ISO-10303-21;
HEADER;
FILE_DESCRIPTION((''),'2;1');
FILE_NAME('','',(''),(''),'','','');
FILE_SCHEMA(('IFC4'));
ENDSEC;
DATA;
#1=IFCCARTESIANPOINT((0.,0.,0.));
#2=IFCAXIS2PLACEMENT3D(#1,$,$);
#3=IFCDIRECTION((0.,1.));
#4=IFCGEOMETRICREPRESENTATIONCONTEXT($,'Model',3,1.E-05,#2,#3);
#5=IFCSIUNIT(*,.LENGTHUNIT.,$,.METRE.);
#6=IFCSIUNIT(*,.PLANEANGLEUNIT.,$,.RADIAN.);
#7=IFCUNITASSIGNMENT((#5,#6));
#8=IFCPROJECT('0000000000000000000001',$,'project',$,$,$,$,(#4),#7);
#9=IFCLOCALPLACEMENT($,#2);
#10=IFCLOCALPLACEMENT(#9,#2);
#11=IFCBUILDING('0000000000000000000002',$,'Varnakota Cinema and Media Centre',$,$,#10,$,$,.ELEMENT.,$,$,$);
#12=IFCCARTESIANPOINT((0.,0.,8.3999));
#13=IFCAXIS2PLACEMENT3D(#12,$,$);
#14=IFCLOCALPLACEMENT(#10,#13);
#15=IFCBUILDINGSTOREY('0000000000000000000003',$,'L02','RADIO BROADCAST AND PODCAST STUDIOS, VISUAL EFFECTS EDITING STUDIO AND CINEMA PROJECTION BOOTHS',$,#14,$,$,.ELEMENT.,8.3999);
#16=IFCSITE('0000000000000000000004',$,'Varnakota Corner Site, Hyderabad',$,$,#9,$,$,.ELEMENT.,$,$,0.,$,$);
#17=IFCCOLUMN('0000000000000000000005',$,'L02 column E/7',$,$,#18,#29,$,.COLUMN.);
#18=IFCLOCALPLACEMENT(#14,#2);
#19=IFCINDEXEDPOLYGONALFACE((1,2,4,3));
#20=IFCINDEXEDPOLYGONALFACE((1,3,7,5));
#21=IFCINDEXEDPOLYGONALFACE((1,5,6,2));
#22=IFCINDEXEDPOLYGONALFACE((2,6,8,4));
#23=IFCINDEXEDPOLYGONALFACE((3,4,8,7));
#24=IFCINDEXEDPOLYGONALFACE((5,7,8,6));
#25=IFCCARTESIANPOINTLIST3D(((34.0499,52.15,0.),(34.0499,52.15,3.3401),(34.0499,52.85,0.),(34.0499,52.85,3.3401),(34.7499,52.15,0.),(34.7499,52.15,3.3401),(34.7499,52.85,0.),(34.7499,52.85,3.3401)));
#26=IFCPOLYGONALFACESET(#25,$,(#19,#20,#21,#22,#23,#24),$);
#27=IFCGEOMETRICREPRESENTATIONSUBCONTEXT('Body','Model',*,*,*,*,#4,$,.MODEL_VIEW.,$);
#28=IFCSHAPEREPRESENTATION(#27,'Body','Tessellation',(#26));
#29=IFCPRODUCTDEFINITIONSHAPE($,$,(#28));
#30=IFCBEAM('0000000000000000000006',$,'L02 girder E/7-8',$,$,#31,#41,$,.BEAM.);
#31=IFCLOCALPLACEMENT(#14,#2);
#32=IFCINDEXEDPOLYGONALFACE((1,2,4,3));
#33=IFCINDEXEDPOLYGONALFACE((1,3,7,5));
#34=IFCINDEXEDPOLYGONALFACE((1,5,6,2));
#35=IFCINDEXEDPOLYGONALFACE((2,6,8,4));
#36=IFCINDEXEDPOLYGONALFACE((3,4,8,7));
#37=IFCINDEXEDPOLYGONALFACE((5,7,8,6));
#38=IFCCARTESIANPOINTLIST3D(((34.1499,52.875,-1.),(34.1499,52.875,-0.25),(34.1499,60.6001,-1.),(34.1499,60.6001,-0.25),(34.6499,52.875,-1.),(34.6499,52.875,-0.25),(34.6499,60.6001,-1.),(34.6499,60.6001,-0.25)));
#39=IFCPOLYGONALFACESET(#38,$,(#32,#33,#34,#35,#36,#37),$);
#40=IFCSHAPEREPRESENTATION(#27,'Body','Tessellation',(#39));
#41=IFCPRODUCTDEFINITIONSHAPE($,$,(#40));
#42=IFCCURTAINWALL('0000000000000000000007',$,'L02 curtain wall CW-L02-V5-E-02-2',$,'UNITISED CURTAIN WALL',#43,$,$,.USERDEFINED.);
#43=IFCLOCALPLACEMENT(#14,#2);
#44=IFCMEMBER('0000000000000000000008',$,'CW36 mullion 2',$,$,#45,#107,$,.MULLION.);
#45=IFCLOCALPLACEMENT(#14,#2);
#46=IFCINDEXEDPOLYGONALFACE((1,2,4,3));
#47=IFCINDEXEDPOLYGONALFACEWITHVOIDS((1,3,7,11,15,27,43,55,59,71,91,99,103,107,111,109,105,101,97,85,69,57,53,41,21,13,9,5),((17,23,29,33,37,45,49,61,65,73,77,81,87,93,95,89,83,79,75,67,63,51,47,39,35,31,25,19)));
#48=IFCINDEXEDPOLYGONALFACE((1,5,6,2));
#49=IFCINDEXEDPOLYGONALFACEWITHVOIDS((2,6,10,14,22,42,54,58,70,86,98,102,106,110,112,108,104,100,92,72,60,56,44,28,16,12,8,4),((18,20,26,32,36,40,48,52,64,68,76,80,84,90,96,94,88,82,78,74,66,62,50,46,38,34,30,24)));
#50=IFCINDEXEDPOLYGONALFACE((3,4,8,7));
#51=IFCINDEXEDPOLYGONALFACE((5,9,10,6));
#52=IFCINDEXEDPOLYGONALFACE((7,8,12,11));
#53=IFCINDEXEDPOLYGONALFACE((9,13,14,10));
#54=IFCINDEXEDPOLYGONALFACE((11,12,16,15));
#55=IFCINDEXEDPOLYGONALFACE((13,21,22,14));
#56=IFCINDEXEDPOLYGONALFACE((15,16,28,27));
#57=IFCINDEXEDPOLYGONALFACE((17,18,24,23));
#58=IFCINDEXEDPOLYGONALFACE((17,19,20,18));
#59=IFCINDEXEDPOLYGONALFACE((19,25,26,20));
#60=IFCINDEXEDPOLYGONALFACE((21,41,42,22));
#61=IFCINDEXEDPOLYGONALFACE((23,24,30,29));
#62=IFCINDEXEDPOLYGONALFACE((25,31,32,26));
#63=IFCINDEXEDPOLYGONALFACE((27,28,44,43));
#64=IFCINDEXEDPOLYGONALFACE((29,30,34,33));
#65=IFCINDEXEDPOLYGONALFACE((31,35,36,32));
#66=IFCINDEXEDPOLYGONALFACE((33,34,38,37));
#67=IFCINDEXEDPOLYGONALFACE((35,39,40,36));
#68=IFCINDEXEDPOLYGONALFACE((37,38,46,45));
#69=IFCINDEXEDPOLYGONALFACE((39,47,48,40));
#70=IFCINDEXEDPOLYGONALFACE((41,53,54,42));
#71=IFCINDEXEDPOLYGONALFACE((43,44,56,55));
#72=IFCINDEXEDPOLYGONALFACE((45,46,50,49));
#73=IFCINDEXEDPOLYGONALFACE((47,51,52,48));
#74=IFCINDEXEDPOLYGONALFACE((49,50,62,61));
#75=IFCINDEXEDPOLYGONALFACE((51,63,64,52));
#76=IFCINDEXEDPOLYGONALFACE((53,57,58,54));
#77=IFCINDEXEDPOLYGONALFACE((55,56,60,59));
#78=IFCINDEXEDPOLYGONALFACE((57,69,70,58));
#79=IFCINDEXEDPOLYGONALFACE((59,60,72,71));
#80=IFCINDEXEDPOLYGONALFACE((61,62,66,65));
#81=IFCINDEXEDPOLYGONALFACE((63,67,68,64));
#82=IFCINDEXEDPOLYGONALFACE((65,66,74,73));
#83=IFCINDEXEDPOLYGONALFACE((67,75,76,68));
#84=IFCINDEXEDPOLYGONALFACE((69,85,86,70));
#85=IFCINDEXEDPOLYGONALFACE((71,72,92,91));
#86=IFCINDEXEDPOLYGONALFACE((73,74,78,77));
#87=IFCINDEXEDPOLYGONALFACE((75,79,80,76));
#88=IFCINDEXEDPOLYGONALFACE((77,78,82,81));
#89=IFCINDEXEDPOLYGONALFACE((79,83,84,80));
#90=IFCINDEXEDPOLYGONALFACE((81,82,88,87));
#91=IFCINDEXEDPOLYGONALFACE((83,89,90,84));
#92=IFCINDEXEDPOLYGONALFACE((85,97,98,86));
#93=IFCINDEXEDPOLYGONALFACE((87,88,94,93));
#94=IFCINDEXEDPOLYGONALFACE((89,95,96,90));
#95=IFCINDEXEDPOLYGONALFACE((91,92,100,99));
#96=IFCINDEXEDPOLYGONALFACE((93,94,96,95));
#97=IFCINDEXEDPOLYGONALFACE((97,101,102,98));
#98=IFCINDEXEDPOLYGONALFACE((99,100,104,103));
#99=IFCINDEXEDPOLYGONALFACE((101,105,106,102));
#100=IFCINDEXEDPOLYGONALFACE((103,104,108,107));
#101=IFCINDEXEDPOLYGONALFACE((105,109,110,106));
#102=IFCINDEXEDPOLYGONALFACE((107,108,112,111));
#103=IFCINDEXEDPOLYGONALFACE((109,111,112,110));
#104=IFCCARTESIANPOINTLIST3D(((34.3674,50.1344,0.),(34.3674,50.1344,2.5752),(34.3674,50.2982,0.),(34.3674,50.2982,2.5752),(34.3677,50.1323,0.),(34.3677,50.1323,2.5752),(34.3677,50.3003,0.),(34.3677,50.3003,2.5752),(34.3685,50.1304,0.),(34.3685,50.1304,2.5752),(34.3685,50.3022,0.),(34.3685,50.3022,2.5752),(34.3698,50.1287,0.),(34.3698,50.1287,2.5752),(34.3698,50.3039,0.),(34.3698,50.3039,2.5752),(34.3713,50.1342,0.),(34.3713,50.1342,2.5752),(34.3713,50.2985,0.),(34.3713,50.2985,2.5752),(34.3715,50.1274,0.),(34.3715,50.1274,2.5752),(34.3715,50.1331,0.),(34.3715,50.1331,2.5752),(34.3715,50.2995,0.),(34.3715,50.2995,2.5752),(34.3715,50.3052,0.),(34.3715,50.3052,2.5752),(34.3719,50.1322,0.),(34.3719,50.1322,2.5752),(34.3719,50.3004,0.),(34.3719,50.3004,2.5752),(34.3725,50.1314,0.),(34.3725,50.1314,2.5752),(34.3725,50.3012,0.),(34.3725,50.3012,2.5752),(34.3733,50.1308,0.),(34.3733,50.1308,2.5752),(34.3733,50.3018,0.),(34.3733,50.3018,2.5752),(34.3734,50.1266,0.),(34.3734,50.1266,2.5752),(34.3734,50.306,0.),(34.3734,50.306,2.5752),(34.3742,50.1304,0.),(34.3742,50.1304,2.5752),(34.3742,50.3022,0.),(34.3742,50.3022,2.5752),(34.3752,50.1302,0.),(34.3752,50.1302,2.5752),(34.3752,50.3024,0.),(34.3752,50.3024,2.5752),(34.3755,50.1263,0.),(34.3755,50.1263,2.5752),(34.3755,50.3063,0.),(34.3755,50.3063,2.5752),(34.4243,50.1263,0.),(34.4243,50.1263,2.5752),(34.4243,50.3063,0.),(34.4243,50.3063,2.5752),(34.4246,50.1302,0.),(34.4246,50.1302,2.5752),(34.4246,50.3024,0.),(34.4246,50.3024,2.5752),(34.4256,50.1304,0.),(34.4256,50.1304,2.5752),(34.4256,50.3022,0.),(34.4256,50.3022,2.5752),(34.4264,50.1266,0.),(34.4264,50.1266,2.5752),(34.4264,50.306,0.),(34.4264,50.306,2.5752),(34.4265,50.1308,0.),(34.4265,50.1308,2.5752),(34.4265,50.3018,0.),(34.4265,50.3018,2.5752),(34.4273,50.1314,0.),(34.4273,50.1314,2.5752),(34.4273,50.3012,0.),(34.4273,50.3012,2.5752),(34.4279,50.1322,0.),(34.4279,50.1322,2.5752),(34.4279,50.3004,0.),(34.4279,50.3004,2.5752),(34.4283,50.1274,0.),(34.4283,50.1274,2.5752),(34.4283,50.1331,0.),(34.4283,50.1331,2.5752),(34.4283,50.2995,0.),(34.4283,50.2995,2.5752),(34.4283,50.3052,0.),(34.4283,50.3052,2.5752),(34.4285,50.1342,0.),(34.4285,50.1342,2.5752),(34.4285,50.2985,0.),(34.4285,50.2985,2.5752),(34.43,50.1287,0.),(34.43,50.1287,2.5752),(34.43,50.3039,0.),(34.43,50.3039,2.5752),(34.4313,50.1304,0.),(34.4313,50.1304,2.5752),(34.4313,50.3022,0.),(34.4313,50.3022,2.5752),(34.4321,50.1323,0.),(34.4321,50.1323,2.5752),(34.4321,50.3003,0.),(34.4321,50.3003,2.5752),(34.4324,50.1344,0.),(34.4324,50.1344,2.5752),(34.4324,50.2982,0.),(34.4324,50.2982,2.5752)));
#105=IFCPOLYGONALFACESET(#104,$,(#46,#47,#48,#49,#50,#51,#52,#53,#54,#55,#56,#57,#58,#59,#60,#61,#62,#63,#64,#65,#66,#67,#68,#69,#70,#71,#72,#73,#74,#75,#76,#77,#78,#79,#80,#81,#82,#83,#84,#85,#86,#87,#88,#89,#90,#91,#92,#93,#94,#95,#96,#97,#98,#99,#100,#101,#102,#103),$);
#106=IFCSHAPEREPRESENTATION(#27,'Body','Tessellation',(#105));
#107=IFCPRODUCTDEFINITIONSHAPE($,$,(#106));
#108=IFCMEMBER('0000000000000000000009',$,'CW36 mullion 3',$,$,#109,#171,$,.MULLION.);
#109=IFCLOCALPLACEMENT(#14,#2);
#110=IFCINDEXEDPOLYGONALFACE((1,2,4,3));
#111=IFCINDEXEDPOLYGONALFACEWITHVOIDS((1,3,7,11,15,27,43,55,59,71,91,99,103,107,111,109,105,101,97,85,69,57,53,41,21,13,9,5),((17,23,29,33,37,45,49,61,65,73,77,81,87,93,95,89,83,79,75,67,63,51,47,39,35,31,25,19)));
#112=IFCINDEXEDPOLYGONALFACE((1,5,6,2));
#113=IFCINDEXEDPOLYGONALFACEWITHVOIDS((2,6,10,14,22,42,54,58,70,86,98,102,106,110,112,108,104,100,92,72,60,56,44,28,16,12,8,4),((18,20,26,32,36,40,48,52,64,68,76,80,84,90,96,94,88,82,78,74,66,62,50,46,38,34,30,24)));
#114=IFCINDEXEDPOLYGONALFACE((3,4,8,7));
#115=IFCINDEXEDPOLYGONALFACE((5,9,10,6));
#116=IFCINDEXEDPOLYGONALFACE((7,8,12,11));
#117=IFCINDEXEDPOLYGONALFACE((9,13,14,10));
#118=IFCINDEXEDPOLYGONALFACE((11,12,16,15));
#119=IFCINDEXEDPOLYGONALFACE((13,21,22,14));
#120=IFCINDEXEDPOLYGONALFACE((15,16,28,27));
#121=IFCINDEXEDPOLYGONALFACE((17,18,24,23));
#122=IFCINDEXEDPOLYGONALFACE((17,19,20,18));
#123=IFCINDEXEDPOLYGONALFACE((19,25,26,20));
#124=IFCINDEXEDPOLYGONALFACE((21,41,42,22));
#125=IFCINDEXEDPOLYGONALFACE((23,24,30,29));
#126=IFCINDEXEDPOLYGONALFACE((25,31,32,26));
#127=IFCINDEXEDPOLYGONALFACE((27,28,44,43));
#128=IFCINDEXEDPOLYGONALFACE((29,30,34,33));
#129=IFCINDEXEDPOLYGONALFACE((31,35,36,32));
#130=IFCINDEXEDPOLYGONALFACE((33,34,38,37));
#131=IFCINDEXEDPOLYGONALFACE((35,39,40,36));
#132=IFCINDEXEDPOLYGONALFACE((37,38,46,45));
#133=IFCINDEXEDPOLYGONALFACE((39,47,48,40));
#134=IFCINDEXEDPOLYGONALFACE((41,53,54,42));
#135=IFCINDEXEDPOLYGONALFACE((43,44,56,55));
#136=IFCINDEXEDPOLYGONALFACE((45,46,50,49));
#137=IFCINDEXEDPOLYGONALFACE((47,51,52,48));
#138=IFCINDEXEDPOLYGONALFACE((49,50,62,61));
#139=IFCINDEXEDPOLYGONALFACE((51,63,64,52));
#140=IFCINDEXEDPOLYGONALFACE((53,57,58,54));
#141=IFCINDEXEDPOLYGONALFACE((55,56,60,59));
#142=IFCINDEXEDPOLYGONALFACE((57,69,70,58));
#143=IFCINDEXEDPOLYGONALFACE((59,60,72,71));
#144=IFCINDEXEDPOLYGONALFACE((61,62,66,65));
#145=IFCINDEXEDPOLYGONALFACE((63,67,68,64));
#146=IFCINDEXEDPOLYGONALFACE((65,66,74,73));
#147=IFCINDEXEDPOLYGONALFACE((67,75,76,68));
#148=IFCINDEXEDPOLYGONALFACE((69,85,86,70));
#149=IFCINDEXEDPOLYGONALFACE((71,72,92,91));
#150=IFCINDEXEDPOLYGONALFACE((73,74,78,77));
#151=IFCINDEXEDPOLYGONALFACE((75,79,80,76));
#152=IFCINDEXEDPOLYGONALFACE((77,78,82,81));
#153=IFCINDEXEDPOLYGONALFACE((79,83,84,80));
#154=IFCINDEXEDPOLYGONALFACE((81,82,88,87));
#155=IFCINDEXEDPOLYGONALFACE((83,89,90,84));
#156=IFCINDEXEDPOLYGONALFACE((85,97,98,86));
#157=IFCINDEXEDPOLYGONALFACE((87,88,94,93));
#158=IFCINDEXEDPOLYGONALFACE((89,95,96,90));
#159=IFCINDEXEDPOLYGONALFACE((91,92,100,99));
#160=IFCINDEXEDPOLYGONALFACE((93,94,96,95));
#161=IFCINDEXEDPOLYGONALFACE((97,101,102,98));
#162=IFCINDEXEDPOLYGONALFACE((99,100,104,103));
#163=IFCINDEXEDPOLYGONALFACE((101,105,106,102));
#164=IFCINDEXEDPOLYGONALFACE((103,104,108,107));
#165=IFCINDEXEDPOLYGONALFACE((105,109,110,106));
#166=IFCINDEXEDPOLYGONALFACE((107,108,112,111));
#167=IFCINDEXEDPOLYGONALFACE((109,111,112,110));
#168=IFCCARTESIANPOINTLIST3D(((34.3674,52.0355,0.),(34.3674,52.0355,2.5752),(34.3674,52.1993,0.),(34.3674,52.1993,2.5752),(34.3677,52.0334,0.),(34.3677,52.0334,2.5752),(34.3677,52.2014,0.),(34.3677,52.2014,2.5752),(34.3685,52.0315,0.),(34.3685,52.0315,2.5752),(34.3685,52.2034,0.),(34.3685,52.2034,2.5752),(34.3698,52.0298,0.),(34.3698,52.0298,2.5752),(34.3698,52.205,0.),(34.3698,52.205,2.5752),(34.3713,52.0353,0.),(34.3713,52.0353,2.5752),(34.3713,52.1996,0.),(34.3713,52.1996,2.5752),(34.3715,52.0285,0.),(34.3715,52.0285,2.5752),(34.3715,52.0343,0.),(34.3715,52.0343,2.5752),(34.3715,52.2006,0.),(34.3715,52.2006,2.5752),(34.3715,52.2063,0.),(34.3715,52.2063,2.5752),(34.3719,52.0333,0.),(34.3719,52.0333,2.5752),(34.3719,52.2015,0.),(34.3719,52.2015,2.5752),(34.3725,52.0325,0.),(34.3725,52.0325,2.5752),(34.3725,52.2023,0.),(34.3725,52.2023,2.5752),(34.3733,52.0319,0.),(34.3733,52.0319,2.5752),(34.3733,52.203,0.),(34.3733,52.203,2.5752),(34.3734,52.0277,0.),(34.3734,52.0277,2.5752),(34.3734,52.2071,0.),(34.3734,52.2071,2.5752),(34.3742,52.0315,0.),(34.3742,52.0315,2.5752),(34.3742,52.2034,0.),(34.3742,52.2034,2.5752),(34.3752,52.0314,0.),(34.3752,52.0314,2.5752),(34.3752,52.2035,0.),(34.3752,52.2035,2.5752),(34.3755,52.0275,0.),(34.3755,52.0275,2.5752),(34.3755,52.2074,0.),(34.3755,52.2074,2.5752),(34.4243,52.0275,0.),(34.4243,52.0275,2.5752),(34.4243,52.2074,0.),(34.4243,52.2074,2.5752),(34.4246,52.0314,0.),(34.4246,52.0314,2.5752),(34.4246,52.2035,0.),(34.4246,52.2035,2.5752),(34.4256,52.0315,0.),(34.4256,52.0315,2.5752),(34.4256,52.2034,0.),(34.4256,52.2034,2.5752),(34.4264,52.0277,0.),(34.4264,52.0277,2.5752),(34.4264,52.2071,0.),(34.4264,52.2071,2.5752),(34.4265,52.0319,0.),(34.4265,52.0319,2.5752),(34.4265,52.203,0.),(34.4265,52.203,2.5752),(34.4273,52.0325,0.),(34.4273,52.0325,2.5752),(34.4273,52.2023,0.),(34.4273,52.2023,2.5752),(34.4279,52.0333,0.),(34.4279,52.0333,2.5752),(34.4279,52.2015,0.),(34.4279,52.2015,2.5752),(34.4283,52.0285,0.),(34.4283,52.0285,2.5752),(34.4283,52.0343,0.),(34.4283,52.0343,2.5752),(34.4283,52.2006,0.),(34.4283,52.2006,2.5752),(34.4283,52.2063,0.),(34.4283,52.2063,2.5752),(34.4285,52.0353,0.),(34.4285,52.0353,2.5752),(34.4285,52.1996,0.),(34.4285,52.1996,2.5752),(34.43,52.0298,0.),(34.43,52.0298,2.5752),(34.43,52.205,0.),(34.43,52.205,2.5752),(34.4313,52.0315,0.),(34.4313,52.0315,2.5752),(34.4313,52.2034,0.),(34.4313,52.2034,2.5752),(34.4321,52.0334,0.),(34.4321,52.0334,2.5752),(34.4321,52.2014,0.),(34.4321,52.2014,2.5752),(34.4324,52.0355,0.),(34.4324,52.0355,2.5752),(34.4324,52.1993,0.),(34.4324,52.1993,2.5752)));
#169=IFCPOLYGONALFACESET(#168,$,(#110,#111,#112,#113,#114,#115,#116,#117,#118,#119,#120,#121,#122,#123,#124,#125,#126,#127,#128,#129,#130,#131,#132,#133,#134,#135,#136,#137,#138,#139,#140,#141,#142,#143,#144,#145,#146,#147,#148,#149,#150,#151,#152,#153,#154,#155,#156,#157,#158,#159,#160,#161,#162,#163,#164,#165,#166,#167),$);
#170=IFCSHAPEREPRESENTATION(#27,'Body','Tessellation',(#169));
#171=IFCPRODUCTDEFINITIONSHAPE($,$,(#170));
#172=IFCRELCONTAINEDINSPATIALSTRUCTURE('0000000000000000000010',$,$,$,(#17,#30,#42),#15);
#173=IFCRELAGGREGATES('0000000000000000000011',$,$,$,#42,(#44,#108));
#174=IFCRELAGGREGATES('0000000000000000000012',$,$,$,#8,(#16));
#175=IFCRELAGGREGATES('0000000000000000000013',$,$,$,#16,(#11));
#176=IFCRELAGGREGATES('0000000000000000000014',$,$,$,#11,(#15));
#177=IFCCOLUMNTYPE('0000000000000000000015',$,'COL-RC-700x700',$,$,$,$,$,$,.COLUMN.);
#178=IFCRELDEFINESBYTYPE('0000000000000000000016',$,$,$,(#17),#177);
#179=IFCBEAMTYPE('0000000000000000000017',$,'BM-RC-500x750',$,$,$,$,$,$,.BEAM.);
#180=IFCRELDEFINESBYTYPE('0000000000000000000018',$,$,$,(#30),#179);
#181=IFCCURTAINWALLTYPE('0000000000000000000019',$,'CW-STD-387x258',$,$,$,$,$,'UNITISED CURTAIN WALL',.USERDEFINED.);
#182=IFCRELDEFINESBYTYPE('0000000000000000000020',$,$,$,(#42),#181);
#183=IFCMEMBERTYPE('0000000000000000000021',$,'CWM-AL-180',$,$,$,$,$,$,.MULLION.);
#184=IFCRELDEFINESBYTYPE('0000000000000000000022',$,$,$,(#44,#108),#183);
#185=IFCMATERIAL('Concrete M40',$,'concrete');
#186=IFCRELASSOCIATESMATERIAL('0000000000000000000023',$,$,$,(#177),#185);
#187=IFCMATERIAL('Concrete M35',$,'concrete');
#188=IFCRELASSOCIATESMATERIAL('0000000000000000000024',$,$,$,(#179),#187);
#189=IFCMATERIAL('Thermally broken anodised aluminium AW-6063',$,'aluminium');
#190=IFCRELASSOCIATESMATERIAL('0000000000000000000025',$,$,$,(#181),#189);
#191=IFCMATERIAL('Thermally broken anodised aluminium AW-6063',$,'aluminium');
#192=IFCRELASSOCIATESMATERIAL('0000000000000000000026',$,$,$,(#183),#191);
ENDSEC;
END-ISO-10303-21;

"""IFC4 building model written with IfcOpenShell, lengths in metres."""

from ifc_helpers import new_model, si_unit, direction, frame, origin, origin_2d, place, context, subcontext, project, spatial, rectangle, hollow_rectangle, extrude, material, material_profile, profile_set, type_object, element, aggregate, save


model = new_model("IFC4")

# Units and contexts
model_context = context("Model", 3, precision=1e-05, world=origin(), true_north=direction((0.0, 1.0)))
body_context = subcontext(model_context, "Body", "Model", "MODEL_VIEW")
ifc_project = project(units=[si_unit("LENGTHUNIT", "METRE"), si_unit("PLANEANGLEUNIT", "RADIAN")], contexts=[model_context])

# Site, building, storey
site_placement = place(None, origin())
site = spatial("IfcSite", under=ifc_project, at=site_placement, Name="Varnakota Corner Site, Hyderabad", CompositionType="ELEMENT", RefElevation=0.0)
building_placement = place(site_placement, origin())
building = spatial("IfcBuilding", under=site, at=building_placement, Name="Varnakota Cinema and Media Centre", CompositionType="ELEMENT")
storey_placement = place(building_placement, frame((0.0, 0.0, 8.3999)))
storey = spatial("IfcBuildingStorey", under=building, at=storey_placement, Name="L02", Description="RADIO BROADCAST AND PODCAST STUDIOS, VISUAL EFFECTS EDITING STUDIO AND CINEMA PROJECTION BOOTHS", CompositionType="ELEMENT", Elevation=8.3999)

# Column
ifc_material_1 = material(Name="Concrete M40", Category="concrete")
ifc_material_profile_1 = material_profile(ifc_material_1, rectangle(XDim=0.7, YDim=0.7, at=origin_2d()), Name="RC 700x700")
ifc_profile_set_1 = profile_set([ifc_material_profile_1], Name="Concrete M40")
column_type = type_object("IfcColumnType", Name="COL-RC-700x700", PredefinedType="COLUMN", material=ifc_profile_set_1)
column_placement = place(storey_placement, frame((34.3999, 52.5, 0.0), z_axis=(0.0, 0.0, 1.0), x_axis=(1.0, 0.0, 0.0)))
element("IfcColumn", 1, at=column_placement, inside=storey, type_object=column_type, Name="L02 column E/7", PredefinedType="COLUMN", context=body_context, shape_type="SweptSolid", body=[
    extrude(rectangle(XDim=0.7, YDim=0.7, at=origin_2d()), origin(), (0.0, 0.0, 1.0), 3.3401),
])

# Beam
ifc_material_2 = material(Name="Concrete M35", Category="concrete")
ifc_material_profile_2 = material_profile(ifc_material_2, rectangle(XDim=0.5, YDim=0.75, at=origin_2d()), Name="RCB 500x750")
ifc_profile_set_2 = profile_set([ifc_material_profile_2], Name="Concrete M35")
beam_type = type_object("IfcBeamType", Name="BM-RC-500x750", PredefinedType="BEAM", material=ifc_profile_set_2)
beam_placement = place(storey_placement, frame((34.3999, 52.875, -0.625), z_axis=(0.0, 1.0, 0.0), x_axis=(-1.0, 0.0, 0.0)))
element("IfcBeam", 2, at=beam_placement, inside=storey, type_object=beam_type, Name="L02 girder E/7-8", PredefinedType="BEAM", context=body_context, shape_type="SweptSolid", body=[
    extrude(rectangle(XDim=0.5, YDim=0.75, at=origin_2d()), origin(), (0.0, 0.0, 1.0), 7.7251),
])

# Curtain wall, members
ifc_material_3 = material(Name="Thermally broken anodised aluminium AW-6063", Category="aluminium")
curtain_wall_type_1 = type_object("IfcCurtainWallType", Name="CW-STD-387x258", ElementType="UNITISED CURTAIN WALL", PredefinedType="USERDEFINED", material=ifc_material_3)
curtain_wall_1_placement = place(storey_placement, origin())
curtain_wall_1 = element("IfcCurtainWall", 3, at=curtain_wall_1_placement, inside=storey, type_object=curtain_wall_type_1, Name="L02 curtain wall CW-L02-V5-E-02-2", ObjectType="UNITISED CURTAIN WALL", PredefinedType="USERDEFINED")
ifc_material_4 = material(Name="Thermally broken anodised aluminium AW-6063", Category="aluminium")
ifc_material_profile_3 = material_profile(ifc_material_4, hollow_rectangle(XDim=0.0649, YDim=0.1799, WallThickness=0.0039, InnerFilletRadius=0.0039, OuterFilletRadius=0.0081, at=origin_2d()), Name="AL-MULLION 180x65x4")
ifc_profile_set_3 = profile_set([ifc_material_profile_3], Name="Thermally broken anodised aluminium AW-6063")
member_type_1 = type_object("IfcMemberType", Name="CWM-AL-180", PredefinedType="MULLION", material=ifc_profile_set_3)
member_1_placement = place(storey_placement, frame((34.3999, 50.2163, 0.0), z_axis=(0.0, 0.0, 1.0), x_axis=(-1.0, 0.0, 0.0)))
member_1 = element("IfcMember", 4, at=member_1_placement, type_object=member_type_1, Name="CW36 mullion 2", PredefinedType="MULLION", context=body_context, shape_type="SweptSolid", body=[
    extrude(hollow_rectangle(XDim=0.0649, YDim=0.1799, WallThickness=0.0039, InnerFilletRadius=0.0039, OuterFilletRadius=0.0081, at=origin_2d()), origin(), (0.0, 0.0, 1.0), 2.5752),
])
member_2_placement = place(storey_placement, frame((34.3999, 52.1174, 0.0), z_axis=(0.0, 0.0, 1.0), x_axis=(-1.0, 0.0, 0.0)))
member_2 = element("IfcMember", 5, at=member_2_placement, type_object=member_type_1, Name="CW36 mullion 3", PredefinedType="MULLION", context=body_context, shape_type="SweptSolid", body=[
    extrude(hollow_rectangle(XDim=0.0649, YDim=0.1799, WallThickness=0.0039, InnerFilletRadius=0.0039, OuterFilletRadius=0.0081, at=origin_2d()), origin(), (0.0, 0.0, 1.0), 2.5752),
])

aggregate(curtain_wall_1, [member_1, member_2])

save(model, "model.ifc")
